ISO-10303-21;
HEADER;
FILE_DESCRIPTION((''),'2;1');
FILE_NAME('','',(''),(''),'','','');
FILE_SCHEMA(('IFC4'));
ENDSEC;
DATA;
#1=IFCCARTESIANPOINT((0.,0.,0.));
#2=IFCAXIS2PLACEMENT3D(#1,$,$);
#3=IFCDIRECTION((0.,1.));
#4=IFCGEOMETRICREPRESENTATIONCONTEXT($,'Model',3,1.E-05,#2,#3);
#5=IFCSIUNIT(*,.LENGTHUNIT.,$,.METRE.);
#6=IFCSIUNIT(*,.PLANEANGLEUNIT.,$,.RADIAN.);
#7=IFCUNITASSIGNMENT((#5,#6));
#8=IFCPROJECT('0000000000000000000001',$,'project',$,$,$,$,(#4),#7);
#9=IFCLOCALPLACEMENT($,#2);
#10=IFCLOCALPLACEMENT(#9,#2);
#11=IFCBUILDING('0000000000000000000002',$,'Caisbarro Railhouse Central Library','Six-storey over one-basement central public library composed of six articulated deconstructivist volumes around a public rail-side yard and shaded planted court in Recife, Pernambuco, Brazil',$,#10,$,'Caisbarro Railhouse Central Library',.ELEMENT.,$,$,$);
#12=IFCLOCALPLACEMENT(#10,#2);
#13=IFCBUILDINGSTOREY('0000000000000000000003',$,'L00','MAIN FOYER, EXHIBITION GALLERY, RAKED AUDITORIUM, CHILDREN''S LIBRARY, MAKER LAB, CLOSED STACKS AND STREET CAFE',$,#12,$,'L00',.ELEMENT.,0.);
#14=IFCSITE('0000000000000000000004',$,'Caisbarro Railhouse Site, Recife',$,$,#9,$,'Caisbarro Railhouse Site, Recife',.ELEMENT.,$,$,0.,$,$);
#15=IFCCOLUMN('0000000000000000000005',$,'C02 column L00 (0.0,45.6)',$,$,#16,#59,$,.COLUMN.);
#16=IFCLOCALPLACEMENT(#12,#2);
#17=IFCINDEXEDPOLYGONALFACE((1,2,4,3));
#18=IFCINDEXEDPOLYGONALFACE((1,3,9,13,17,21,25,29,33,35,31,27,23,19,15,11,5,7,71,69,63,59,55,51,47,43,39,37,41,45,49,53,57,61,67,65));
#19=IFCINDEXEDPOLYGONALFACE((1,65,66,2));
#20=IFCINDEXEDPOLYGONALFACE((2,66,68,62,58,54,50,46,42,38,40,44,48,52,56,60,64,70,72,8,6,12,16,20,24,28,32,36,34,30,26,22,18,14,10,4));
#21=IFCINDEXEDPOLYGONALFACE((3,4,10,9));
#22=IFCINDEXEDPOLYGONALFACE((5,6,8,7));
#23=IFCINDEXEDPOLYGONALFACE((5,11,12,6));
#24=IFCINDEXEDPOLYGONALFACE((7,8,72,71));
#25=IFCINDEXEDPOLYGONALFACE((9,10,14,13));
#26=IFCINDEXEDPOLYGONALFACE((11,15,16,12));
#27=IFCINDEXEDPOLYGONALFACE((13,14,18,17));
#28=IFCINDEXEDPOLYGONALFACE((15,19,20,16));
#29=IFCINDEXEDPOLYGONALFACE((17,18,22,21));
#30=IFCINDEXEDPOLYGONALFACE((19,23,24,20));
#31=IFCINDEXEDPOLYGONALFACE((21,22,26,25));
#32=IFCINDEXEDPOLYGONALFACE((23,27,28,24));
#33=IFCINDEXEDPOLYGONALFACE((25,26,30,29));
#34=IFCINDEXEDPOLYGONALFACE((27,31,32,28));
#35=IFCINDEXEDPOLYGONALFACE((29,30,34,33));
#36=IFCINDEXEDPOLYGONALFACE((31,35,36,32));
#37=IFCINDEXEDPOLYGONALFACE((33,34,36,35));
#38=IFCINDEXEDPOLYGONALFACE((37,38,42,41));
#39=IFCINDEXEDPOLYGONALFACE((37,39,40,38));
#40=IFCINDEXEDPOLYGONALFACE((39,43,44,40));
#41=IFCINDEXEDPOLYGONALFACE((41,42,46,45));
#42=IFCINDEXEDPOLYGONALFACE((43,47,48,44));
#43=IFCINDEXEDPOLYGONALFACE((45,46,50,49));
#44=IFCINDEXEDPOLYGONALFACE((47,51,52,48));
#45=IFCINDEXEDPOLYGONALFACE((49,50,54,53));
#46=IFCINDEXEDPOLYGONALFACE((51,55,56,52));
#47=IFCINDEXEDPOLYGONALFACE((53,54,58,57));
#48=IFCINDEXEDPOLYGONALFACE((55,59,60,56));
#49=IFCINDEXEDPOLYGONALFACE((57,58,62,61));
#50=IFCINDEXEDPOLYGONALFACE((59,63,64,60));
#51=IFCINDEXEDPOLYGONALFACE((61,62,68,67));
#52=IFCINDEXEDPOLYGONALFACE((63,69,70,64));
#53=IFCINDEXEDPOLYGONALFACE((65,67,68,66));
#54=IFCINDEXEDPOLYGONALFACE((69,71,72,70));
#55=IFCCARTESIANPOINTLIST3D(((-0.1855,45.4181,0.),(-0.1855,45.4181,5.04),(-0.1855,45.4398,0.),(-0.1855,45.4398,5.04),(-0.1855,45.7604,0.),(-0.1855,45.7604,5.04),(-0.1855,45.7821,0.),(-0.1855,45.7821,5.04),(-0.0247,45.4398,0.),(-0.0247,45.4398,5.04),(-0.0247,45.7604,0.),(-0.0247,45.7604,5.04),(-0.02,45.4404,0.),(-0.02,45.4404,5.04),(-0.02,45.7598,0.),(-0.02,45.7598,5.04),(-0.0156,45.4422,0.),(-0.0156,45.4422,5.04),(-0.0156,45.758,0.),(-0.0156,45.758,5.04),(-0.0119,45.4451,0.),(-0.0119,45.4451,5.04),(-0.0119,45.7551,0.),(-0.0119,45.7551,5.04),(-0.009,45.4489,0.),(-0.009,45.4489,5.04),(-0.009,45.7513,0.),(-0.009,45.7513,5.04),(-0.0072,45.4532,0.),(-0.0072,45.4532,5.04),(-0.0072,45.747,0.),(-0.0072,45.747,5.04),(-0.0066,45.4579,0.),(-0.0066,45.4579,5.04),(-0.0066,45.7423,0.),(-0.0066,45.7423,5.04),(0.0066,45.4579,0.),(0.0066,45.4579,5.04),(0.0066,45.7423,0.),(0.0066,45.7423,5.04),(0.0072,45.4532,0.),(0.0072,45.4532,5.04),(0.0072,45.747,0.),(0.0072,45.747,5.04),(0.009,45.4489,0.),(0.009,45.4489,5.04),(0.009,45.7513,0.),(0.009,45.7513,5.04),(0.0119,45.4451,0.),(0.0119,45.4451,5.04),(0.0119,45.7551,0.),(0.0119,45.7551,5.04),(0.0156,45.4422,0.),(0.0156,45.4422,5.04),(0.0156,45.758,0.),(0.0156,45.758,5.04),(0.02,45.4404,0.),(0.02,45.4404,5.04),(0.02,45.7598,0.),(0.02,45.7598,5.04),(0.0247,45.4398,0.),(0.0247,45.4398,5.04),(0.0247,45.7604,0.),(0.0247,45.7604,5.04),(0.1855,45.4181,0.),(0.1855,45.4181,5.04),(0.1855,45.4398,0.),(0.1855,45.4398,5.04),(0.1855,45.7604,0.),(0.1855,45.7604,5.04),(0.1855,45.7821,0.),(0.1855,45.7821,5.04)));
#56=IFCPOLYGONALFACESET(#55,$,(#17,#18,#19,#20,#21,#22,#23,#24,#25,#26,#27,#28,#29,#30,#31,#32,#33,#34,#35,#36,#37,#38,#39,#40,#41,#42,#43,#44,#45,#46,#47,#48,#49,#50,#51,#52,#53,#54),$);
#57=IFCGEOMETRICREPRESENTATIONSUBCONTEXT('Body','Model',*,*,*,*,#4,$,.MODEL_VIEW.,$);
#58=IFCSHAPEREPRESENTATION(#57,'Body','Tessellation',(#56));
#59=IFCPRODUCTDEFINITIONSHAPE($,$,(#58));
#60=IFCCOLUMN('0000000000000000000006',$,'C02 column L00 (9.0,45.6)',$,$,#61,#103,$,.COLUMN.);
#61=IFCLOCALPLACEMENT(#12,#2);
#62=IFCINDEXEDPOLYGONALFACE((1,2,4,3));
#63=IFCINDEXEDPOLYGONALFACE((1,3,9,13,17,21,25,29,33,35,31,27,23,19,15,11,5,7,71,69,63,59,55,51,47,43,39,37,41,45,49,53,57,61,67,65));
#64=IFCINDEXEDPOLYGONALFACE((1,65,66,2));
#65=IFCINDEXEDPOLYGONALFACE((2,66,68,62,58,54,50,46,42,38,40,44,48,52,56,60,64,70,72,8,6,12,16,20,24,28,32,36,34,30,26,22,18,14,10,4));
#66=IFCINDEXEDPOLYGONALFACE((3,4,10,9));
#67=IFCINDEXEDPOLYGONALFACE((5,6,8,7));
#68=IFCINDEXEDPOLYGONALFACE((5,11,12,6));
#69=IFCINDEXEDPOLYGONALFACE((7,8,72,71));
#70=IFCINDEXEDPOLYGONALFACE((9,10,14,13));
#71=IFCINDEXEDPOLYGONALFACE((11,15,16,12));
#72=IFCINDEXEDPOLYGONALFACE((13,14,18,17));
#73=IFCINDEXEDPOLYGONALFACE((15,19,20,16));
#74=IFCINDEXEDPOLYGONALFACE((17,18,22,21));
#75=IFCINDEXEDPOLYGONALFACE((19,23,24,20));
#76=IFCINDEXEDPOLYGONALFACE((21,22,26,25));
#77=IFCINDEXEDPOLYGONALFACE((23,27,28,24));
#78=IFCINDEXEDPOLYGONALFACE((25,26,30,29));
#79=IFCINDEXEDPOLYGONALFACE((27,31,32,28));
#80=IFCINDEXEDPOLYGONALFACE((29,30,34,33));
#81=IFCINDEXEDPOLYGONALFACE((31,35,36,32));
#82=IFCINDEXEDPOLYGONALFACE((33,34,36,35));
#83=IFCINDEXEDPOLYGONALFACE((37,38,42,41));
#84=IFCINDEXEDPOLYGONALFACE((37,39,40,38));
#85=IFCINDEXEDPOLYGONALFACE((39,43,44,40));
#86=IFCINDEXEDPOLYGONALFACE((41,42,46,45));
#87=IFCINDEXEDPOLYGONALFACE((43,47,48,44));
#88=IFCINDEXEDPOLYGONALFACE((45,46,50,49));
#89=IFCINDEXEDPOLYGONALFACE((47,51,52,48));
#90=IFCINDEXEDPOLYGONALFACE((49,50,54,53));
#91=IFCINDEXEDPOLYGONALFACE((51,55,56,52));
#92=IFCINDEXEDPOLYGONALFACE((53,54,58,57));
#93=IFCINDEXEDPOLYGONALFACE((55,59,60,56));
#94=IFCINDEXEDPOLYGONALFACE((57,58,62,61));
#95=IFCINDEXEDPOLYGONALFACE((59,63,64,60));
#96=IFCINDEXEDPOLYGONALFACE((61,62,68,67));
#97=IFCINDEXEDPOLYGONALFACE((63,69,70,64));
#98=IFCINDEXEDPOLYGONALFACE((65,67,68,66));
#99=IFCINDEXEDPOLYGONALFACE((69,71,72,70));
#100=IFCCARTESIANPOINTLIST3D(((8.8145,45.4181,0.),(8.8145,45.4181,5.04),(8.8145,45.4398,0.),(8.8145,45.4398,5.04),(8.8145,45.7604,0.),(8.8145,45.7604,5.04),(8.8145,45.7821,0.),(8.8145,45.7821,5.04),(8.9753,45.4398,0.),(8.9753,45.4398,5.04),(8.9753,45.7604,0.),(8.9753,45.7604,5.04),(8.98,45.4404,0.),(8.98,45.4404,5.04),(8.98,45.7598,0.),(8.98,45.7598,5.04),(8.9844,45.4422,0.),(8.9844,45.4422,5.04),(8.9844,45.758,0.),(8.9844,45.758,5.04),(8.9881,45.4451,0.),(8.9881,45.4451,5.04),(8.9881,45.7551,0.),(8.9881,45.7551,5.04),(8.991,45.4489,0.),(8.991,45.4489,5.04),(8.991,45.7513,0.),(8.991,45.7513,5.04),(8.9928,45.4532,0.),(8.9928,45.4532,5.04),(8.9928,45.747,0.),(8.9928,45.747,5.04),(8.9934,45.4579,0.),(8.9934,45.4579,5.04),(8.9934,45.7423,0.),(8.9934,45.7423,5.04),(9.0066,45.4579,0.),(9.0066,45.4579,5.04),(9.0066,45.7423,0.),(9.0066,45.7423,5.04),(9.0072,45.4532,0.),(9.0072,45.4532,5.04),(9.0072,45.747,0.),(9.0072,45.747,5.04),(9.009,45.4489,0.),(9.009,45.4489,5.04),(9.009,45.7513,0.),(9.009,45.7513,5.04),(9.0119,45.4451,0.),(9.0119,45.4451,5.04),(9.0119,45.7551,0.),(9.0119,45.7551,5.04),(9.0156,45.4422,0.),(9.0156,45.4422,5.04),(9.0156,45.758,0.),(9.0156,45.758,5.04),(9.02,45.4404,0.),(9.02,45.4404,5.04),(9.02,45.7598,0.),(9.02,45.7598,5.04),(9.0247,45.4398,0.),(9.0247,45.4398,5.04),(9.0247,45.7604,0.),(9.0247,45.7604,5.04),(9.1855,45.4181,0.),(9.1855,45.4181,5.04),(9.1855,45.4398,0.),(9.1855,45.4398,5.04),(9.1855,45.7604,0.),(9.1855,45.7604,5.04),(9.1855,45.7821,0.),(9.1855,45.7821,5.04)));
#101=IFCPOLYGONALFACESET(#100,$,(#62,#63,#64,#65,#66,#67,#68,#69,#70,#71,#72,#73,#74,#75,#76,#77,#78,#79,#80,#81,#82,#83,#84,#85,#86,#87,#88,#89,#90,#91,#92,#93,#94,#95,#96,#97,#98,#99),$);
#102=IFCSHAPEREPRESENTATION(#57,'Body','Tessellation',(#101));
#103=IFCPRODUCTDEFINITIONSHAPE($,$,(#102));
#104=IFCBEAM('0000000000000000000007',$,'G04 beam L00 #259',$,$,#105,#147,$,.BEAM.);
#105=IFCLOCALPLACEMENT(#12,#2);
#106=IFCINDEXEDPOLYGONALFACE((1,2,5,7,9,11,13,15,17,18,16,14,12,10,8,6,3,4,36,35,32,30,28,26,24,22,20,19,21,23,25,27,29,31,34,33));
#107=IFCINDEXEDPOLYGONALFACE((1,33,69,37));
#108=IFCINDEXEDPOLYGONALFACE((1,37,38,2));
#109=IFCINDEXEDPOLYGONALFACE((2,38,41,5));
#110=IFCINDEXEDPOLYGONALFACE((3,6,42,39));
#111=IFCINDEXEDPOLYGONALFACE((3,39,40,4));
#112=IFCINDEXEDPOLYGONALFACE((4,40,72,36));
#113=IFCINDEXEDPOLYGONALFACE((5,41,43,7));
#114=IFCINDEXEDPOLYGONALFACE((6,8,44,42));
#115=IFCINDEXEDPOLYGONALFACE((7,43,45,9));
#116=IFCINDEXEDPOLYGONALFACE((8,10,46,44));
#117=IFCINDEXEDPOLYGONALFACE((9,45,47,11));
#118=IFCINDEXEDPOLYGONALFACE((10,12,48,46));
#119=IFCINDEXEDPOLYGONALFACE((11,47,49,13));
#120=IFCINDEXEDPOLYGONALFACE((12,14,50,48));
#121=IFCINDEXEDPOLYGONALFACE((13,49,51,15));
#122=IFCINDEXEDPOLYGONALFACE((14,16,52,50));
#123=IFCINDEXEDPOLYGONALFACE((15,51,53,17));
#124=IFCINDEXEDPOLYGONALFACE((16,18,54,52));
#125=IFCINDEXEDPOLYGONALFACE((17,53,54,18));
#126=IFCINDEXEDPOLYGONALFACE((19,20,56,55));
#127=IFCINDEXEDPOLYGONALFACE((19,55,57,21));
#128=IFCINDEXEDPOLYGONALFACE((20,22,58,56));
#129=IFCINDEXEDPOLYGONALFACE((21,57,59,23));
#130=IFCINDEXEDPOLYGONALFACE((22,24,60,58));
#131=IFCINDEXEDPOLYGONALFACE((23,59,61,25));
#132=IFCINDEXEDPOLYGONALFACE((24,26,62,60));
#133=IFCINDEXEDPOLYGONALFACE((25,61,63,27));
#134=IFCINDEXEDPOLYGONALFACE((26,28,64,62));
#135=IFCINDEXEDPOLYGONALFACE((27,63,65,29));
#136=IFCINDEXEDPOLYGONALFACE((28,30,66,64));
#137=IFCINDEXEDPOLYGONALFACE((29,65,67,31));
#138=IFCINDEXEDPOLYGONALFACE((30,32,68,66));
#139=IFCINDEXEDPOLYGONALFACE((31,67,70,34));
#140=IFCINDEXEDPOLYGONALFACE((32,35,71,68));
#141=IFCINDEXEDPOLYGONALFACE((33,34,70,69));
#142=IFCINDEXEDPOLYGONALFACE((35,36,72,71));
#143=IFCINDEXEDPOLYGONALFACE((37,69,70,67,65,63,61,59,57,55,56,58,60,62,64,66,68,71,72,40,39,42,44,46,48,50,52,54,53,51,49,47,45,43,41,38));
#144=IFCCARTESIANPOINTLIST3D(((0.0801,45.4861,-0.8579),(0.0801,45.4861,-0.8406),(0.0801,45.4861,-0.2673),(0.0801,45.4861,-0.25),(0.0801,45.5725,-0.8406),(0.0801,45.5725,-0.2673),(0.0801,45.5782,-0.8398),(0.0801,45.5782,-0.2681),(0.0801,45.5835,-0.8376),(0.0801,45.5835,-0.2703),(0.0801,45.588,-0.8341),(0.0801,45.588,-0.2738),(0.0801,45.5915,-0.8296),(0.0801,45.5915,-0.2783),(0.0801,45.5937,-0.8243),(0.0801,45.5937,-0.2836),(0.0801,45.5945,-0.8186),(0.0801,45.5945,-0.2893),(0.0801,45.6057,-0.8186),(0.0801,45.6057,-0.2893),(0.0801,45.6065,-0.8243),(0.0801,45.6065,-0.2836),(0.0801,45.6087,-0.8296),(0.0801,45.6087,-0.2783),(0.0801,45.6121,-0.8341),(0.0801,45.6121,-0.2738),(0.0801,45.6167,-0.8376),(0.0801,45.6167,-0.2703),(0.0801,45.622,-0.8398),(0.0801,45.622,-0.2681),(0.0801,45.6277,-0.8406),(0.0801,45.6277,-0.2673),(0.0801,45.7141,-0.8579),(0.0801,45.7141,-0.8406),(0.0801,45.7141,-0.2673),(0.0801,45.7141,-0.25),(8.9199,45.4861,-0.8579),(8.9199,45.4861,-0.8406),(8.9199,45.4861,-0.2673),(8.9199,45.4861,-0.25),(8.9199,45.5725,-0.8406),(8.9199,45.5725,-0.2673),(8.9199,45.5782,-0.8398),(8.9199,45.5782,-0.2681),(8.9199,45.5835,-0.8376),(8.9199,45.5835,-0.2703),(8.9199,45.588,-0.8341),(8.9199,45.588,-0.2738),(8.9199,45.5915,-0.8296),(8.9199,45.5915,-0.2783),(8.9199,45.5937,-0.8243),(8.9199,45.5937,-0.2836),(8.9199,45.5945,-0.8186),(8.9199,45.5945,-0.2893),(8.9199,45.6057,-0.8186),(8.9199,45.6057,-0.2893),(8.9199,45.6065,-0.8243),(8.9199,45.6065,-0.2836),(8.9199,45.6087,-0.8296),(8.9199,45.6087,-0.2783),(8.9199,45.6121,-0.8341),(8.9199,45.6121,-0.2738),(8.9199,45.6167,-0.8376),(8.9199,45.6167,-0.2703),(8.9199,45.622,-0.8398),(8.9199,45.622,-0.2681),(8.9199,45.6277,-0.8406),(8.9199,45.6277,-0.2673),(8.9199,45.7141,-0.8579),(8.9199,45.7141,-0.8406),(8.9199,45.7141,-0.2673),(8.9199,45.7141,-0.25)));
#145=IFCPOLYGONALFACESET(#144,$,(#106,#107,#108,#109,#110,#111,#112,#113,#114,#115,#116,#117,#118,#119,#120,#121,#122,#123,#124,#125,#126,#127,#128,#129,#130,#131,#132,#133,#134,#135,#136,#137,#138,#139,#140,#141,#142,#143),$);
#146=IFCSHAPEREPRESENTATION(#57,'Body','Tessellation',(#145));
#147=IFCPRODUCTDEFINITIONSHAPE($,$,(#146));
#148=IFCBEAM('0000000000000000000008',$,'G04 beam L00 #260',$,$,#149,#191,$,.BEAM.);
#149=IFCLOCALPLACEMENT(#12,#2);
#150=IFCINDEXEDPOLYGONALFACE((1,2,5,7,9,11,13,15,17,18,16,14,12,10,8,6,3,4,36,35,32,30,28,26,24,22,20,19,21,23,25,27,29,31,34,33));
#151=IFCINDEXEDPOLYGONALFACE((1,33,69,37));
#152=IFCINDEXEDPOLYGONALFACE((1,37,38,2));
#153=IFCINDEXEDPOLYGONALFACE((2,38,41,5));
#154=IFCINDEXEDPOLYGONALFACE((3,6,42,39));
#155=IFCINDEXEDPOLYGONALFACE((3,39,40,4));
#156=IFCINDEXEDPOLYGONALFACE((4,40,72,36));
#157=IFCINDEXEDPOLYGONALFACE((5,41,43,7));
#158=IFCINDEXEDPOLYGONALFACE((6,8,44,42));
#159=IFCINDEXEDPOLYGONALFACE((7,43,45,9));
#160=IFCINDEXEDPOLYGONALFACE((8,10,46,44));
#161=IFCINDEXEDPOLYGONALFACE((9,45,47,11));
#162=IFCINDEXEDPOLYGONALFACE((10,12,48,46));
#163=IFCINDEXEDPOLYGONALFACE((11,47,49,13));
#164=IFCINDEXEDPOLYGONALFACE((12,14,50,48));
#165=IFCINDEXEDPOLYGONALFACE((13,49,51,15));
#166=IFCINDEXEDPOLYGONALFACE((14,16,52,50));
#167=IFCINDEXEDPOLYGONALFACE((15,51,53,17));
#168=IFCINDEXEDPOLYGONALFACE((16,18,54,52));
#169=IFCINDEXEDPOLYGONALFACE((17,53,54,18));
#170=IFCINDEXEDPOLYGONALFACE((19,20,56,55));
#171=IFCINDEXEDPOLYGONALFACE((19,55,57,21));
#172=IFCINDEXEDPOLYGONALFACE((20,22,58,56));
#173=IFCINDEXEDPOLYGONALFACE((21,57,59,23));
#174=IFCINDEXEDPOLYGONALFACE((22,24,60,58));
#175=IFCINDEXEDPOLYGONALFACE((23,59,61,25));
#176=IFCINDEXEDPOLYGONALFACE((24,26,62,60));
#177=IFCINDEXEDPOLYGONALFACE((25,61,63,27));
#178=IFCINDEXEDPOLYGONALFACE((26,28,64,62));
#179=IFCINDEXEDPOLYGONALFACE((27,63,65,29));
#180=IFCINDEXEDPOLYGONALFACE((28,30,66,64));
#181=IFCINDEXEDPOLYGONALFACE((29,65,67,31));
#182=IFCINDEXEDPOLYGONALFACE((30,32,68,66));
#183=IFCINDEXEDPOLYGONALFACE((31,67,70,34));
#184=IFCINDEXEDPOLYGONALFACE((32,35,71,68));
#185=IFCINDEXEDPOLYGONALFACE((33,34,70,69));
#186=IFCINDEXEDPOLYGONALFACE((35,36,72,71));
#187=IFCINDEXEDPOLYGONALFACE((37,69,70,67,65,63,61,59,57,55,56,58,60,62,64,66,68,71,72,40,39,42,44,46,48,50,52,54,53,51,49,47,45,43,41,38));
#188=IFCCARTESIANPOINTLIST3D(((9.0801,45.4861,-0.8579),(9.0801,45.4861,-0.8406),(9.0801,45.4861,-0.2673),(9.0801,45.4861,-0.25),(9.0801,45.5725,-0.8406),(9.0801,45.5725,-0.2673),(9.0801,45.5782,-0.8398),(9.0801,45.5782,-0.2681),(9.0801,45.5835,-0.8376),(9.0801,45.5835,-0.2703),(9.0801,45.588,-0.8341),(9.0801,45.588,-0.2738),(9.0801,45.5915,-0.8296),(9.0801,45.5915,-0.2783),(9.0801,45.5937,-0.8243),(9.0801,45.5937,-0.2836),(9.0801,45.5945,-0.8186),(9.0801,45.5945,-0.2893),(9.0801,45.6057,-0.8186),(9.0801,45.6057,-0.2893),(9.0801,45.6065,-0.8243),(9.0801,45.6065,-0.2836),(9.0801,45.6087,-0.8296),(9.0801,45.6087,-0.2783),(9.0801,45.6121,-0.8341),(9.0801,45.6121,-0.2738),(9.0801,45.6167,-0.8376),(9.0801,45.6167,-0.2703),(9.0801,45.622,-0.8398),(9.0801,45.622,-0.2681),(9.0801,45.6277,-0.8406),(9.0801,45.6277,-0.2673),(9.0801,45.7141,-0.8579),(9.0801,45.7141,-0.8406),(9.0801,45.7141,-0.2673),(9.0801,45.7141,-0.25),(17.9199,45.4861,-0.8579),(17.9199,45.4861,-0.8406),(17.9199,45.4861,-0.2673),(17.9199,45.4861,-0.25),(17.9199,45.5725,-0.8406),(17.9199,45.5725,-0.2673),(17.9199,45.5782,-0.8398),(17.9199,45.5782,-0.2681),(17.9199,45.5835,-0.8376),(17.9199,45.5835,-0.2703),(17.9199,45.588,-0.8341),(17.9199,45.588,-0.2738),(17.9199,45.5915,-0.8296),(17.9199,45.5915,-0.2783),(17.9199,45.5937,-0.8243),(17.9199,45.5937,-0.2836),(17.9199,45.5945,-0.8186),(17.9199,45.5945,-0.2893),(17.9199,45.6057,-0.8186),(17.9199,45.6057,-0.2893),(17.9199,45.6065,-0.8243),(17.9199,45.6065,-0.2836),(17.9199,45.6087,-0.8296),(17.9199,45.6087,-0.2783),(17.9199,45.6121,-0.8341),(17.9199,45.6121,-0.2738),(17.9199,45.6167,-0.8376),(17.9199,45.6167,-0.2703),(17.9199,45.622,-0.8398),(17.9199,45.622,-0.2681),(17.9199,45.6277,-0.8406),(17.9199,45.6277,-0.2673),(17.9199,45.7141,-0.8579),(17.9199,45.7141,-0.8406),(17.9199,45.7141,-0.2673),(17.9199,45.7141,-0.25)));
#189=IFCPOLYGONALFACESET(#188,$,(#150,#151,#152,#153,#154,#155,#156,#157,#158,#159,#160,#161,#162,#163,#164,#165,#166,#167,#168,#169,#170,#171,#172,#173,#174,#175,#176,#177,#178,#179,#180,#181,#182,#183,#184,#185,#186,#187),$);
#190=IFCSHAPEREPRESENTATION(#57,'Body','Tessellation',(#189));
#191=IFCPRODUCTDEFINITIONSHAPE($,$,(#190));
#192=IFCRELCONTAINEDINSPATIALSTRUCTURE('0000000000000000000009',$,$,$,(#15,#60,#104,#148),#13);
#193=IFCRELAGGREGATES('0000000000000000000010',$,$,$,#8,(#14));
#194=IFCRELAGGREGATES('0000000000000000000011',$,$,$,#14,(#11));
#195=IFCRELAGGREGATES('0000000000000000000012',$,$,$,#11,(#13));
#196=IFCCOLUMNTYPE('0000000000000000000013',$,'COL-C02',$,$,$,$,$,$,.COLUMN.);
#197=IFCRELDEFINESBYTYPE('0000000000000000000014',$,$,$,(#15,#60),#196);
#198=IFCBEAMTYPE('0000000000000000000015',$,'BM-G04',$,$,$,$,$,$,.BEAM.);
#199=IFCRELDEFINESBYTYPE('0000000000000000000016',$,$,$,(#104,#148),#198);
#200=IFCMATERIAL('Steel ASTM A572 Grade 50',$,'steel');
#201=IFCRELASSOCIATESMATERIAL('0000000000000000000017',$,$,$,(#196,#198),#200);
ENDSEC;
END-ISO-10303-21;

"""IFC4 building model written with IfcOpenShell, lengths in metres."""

from ifc_helpers import new_model, si_unit, direction, frame, origin, origin_2d, place, context, subcontext, project, spatial, i_section, extrude, material, material_profile, profile_set, type_object, element, save


model = new_model("IFC4")

# Units and contexts
model_context = context("Model", 3, precision=1e-05, world=origin(), true_north=direction((0.0, 1.0)))
body_context = subcontext(model_context, "Body", "Model", "MODEL_VIEW")
ifc_project = project(units=[si_unit("LENGTHUNIT", "METRE"), si_unit("PLANEANGLEUNIT", "RADIAN")], contexts=[model_context])

# Site, building, storey
site_placement = place(None, origin())
site = spatial("IfcSite", under=ifc_project, at=site_placement, Name="Caisbarro Railhouse Site, Recife", LongName="Caisbarro Railhouse Site, Recife", CompositionType="ELEMENT", RefElevation=0.0)
building_placement = place(site_placement, origin())
building = spatial("IfcBuilding", under=site, at=building_placement, Name="Caisbarro Railhouse Central Library", Description="Six-storey over one-basement central public library composed of six articulated deconstructivist volumes around a public rail-side yard and shaded planted court in Recife, Pernambuco, Brazil", LongName="Caisbarro Railhouse Central Library", CompositionType="ELEMENT")
storey_placement = place(building_placement, origin())
storey = spatial("IfcBuildingStorey", under=building, at=storey_placement, Name="L00", Description="MAIN FOYER, EXHIBITION GALLERY, RAKED AUDITORIUM, CHILDREN'S LIBRARY, MAKER LAB, CLOSED STACKS AND STREET CAFE", LongName="L00", CompositionType="ELEMENT", Elevation=0.0)

# Columns
ifc_material_1 = material(Name="Steel ASTM A572 Grade 50", Category="steel")
ifc_material_profile_1 = material_profile(ifc_material_1, i_section(OverallWidth=0.3711, OverallDepth=0.364, WebThickness=0.0132, FlangeThickness=0.0217, FilletRadius=0.0181, at=origin_2d()), Name="W360X162.0")
ifc_profile_set_1 = profile_set([ifc_material_profile_1], Name="Steel ASTM A572 Grade 50")
column_type = type_object("IfcColumnType", Name="COL-C02", PredefinedType="COLUMN", material=ifc_profile_set_1)
for number, where, z_axis, x_axis, name in (
    (1, (0.0, 45.6001, 0.0), (0.0, 0.0, 1.0), (1.0, 0.0, 0.0), "C02 column L00 (0.0,45.6)"),
    (2, (9.0, 45.6001, 0.0), (0.0, 0.0, 1.0), (1.0, 0.0, 0.0), "C02 column L00 (9.0,45.6)"),
):
    element("IfcColumn", number, at=place(storey_placement, frame(where, z_axis=z_axis, x_axis=x_axis)), inside=storey, type_object=column_type, Name=name, PredefinedType="COLUMN", context=body_context, shape_type="SweptSolid", body=[
        extrude(i_section(OverallWidth=0.3711, OverallDepth=0.364, WebThickness=0.0132, FlangeThickness=0.0217, FilletRadius=0.0181, at=origin_2d()), origin(), (0.0, 0.0, 1.0), 5.04),
    ])

# Beams
ifc_material_profile_2 = material_profile(ifc_material_1, i_section(OverallWidth=0.228, OverallDepth=0.6079, WebThickness=0.0112, FlangeThickness=0.0173, FilletRadius=0.022, at=origin_2d()), Name="W610X113.0")
ifc_profile_set_2 = profile_set([ifc_material_profile_2], Name="Steel ASTM A572 Grade 50")
beam_type_1 = type_object("IfcBeamType", Name="BM-G04", PredefinedType="BEAM", material=ifc_profile_set_2)
for number, where, z_axis, x_axis, name in (
    (3, (0.0801, 45.6001, -0.554), (1.0, 0.0, 0.0), (0.0, 1.0, 0.0), "G04 beam L00 #259"),
    (4, (9.0801, 45.6001, -0.554), (1.0, 0.0, 0.0), (0.0, 1.0, 0.0), "G04 beam L00 #260"),
):
    element("IfcBeam", number, at=place(storey_placement, frame(where, z_axis=z_axis, x_axis=x_axis)), inside=storey, type_object=beam_type_1, Name=name, PredefinedType="BEAM", context=body_context, shape_type="SweptSolid", body=[
        extrude(i_section(OverallWidth=0.228, OverallDepth=0.6079, WebThickness=0.0112, FlangeThickness=0.0173, FilletRadius=0.022, at=origin_2d()), origin(), (0.0, 0.0, 1.0), 8.8398),
    ])

save(model, "model.ifc")
